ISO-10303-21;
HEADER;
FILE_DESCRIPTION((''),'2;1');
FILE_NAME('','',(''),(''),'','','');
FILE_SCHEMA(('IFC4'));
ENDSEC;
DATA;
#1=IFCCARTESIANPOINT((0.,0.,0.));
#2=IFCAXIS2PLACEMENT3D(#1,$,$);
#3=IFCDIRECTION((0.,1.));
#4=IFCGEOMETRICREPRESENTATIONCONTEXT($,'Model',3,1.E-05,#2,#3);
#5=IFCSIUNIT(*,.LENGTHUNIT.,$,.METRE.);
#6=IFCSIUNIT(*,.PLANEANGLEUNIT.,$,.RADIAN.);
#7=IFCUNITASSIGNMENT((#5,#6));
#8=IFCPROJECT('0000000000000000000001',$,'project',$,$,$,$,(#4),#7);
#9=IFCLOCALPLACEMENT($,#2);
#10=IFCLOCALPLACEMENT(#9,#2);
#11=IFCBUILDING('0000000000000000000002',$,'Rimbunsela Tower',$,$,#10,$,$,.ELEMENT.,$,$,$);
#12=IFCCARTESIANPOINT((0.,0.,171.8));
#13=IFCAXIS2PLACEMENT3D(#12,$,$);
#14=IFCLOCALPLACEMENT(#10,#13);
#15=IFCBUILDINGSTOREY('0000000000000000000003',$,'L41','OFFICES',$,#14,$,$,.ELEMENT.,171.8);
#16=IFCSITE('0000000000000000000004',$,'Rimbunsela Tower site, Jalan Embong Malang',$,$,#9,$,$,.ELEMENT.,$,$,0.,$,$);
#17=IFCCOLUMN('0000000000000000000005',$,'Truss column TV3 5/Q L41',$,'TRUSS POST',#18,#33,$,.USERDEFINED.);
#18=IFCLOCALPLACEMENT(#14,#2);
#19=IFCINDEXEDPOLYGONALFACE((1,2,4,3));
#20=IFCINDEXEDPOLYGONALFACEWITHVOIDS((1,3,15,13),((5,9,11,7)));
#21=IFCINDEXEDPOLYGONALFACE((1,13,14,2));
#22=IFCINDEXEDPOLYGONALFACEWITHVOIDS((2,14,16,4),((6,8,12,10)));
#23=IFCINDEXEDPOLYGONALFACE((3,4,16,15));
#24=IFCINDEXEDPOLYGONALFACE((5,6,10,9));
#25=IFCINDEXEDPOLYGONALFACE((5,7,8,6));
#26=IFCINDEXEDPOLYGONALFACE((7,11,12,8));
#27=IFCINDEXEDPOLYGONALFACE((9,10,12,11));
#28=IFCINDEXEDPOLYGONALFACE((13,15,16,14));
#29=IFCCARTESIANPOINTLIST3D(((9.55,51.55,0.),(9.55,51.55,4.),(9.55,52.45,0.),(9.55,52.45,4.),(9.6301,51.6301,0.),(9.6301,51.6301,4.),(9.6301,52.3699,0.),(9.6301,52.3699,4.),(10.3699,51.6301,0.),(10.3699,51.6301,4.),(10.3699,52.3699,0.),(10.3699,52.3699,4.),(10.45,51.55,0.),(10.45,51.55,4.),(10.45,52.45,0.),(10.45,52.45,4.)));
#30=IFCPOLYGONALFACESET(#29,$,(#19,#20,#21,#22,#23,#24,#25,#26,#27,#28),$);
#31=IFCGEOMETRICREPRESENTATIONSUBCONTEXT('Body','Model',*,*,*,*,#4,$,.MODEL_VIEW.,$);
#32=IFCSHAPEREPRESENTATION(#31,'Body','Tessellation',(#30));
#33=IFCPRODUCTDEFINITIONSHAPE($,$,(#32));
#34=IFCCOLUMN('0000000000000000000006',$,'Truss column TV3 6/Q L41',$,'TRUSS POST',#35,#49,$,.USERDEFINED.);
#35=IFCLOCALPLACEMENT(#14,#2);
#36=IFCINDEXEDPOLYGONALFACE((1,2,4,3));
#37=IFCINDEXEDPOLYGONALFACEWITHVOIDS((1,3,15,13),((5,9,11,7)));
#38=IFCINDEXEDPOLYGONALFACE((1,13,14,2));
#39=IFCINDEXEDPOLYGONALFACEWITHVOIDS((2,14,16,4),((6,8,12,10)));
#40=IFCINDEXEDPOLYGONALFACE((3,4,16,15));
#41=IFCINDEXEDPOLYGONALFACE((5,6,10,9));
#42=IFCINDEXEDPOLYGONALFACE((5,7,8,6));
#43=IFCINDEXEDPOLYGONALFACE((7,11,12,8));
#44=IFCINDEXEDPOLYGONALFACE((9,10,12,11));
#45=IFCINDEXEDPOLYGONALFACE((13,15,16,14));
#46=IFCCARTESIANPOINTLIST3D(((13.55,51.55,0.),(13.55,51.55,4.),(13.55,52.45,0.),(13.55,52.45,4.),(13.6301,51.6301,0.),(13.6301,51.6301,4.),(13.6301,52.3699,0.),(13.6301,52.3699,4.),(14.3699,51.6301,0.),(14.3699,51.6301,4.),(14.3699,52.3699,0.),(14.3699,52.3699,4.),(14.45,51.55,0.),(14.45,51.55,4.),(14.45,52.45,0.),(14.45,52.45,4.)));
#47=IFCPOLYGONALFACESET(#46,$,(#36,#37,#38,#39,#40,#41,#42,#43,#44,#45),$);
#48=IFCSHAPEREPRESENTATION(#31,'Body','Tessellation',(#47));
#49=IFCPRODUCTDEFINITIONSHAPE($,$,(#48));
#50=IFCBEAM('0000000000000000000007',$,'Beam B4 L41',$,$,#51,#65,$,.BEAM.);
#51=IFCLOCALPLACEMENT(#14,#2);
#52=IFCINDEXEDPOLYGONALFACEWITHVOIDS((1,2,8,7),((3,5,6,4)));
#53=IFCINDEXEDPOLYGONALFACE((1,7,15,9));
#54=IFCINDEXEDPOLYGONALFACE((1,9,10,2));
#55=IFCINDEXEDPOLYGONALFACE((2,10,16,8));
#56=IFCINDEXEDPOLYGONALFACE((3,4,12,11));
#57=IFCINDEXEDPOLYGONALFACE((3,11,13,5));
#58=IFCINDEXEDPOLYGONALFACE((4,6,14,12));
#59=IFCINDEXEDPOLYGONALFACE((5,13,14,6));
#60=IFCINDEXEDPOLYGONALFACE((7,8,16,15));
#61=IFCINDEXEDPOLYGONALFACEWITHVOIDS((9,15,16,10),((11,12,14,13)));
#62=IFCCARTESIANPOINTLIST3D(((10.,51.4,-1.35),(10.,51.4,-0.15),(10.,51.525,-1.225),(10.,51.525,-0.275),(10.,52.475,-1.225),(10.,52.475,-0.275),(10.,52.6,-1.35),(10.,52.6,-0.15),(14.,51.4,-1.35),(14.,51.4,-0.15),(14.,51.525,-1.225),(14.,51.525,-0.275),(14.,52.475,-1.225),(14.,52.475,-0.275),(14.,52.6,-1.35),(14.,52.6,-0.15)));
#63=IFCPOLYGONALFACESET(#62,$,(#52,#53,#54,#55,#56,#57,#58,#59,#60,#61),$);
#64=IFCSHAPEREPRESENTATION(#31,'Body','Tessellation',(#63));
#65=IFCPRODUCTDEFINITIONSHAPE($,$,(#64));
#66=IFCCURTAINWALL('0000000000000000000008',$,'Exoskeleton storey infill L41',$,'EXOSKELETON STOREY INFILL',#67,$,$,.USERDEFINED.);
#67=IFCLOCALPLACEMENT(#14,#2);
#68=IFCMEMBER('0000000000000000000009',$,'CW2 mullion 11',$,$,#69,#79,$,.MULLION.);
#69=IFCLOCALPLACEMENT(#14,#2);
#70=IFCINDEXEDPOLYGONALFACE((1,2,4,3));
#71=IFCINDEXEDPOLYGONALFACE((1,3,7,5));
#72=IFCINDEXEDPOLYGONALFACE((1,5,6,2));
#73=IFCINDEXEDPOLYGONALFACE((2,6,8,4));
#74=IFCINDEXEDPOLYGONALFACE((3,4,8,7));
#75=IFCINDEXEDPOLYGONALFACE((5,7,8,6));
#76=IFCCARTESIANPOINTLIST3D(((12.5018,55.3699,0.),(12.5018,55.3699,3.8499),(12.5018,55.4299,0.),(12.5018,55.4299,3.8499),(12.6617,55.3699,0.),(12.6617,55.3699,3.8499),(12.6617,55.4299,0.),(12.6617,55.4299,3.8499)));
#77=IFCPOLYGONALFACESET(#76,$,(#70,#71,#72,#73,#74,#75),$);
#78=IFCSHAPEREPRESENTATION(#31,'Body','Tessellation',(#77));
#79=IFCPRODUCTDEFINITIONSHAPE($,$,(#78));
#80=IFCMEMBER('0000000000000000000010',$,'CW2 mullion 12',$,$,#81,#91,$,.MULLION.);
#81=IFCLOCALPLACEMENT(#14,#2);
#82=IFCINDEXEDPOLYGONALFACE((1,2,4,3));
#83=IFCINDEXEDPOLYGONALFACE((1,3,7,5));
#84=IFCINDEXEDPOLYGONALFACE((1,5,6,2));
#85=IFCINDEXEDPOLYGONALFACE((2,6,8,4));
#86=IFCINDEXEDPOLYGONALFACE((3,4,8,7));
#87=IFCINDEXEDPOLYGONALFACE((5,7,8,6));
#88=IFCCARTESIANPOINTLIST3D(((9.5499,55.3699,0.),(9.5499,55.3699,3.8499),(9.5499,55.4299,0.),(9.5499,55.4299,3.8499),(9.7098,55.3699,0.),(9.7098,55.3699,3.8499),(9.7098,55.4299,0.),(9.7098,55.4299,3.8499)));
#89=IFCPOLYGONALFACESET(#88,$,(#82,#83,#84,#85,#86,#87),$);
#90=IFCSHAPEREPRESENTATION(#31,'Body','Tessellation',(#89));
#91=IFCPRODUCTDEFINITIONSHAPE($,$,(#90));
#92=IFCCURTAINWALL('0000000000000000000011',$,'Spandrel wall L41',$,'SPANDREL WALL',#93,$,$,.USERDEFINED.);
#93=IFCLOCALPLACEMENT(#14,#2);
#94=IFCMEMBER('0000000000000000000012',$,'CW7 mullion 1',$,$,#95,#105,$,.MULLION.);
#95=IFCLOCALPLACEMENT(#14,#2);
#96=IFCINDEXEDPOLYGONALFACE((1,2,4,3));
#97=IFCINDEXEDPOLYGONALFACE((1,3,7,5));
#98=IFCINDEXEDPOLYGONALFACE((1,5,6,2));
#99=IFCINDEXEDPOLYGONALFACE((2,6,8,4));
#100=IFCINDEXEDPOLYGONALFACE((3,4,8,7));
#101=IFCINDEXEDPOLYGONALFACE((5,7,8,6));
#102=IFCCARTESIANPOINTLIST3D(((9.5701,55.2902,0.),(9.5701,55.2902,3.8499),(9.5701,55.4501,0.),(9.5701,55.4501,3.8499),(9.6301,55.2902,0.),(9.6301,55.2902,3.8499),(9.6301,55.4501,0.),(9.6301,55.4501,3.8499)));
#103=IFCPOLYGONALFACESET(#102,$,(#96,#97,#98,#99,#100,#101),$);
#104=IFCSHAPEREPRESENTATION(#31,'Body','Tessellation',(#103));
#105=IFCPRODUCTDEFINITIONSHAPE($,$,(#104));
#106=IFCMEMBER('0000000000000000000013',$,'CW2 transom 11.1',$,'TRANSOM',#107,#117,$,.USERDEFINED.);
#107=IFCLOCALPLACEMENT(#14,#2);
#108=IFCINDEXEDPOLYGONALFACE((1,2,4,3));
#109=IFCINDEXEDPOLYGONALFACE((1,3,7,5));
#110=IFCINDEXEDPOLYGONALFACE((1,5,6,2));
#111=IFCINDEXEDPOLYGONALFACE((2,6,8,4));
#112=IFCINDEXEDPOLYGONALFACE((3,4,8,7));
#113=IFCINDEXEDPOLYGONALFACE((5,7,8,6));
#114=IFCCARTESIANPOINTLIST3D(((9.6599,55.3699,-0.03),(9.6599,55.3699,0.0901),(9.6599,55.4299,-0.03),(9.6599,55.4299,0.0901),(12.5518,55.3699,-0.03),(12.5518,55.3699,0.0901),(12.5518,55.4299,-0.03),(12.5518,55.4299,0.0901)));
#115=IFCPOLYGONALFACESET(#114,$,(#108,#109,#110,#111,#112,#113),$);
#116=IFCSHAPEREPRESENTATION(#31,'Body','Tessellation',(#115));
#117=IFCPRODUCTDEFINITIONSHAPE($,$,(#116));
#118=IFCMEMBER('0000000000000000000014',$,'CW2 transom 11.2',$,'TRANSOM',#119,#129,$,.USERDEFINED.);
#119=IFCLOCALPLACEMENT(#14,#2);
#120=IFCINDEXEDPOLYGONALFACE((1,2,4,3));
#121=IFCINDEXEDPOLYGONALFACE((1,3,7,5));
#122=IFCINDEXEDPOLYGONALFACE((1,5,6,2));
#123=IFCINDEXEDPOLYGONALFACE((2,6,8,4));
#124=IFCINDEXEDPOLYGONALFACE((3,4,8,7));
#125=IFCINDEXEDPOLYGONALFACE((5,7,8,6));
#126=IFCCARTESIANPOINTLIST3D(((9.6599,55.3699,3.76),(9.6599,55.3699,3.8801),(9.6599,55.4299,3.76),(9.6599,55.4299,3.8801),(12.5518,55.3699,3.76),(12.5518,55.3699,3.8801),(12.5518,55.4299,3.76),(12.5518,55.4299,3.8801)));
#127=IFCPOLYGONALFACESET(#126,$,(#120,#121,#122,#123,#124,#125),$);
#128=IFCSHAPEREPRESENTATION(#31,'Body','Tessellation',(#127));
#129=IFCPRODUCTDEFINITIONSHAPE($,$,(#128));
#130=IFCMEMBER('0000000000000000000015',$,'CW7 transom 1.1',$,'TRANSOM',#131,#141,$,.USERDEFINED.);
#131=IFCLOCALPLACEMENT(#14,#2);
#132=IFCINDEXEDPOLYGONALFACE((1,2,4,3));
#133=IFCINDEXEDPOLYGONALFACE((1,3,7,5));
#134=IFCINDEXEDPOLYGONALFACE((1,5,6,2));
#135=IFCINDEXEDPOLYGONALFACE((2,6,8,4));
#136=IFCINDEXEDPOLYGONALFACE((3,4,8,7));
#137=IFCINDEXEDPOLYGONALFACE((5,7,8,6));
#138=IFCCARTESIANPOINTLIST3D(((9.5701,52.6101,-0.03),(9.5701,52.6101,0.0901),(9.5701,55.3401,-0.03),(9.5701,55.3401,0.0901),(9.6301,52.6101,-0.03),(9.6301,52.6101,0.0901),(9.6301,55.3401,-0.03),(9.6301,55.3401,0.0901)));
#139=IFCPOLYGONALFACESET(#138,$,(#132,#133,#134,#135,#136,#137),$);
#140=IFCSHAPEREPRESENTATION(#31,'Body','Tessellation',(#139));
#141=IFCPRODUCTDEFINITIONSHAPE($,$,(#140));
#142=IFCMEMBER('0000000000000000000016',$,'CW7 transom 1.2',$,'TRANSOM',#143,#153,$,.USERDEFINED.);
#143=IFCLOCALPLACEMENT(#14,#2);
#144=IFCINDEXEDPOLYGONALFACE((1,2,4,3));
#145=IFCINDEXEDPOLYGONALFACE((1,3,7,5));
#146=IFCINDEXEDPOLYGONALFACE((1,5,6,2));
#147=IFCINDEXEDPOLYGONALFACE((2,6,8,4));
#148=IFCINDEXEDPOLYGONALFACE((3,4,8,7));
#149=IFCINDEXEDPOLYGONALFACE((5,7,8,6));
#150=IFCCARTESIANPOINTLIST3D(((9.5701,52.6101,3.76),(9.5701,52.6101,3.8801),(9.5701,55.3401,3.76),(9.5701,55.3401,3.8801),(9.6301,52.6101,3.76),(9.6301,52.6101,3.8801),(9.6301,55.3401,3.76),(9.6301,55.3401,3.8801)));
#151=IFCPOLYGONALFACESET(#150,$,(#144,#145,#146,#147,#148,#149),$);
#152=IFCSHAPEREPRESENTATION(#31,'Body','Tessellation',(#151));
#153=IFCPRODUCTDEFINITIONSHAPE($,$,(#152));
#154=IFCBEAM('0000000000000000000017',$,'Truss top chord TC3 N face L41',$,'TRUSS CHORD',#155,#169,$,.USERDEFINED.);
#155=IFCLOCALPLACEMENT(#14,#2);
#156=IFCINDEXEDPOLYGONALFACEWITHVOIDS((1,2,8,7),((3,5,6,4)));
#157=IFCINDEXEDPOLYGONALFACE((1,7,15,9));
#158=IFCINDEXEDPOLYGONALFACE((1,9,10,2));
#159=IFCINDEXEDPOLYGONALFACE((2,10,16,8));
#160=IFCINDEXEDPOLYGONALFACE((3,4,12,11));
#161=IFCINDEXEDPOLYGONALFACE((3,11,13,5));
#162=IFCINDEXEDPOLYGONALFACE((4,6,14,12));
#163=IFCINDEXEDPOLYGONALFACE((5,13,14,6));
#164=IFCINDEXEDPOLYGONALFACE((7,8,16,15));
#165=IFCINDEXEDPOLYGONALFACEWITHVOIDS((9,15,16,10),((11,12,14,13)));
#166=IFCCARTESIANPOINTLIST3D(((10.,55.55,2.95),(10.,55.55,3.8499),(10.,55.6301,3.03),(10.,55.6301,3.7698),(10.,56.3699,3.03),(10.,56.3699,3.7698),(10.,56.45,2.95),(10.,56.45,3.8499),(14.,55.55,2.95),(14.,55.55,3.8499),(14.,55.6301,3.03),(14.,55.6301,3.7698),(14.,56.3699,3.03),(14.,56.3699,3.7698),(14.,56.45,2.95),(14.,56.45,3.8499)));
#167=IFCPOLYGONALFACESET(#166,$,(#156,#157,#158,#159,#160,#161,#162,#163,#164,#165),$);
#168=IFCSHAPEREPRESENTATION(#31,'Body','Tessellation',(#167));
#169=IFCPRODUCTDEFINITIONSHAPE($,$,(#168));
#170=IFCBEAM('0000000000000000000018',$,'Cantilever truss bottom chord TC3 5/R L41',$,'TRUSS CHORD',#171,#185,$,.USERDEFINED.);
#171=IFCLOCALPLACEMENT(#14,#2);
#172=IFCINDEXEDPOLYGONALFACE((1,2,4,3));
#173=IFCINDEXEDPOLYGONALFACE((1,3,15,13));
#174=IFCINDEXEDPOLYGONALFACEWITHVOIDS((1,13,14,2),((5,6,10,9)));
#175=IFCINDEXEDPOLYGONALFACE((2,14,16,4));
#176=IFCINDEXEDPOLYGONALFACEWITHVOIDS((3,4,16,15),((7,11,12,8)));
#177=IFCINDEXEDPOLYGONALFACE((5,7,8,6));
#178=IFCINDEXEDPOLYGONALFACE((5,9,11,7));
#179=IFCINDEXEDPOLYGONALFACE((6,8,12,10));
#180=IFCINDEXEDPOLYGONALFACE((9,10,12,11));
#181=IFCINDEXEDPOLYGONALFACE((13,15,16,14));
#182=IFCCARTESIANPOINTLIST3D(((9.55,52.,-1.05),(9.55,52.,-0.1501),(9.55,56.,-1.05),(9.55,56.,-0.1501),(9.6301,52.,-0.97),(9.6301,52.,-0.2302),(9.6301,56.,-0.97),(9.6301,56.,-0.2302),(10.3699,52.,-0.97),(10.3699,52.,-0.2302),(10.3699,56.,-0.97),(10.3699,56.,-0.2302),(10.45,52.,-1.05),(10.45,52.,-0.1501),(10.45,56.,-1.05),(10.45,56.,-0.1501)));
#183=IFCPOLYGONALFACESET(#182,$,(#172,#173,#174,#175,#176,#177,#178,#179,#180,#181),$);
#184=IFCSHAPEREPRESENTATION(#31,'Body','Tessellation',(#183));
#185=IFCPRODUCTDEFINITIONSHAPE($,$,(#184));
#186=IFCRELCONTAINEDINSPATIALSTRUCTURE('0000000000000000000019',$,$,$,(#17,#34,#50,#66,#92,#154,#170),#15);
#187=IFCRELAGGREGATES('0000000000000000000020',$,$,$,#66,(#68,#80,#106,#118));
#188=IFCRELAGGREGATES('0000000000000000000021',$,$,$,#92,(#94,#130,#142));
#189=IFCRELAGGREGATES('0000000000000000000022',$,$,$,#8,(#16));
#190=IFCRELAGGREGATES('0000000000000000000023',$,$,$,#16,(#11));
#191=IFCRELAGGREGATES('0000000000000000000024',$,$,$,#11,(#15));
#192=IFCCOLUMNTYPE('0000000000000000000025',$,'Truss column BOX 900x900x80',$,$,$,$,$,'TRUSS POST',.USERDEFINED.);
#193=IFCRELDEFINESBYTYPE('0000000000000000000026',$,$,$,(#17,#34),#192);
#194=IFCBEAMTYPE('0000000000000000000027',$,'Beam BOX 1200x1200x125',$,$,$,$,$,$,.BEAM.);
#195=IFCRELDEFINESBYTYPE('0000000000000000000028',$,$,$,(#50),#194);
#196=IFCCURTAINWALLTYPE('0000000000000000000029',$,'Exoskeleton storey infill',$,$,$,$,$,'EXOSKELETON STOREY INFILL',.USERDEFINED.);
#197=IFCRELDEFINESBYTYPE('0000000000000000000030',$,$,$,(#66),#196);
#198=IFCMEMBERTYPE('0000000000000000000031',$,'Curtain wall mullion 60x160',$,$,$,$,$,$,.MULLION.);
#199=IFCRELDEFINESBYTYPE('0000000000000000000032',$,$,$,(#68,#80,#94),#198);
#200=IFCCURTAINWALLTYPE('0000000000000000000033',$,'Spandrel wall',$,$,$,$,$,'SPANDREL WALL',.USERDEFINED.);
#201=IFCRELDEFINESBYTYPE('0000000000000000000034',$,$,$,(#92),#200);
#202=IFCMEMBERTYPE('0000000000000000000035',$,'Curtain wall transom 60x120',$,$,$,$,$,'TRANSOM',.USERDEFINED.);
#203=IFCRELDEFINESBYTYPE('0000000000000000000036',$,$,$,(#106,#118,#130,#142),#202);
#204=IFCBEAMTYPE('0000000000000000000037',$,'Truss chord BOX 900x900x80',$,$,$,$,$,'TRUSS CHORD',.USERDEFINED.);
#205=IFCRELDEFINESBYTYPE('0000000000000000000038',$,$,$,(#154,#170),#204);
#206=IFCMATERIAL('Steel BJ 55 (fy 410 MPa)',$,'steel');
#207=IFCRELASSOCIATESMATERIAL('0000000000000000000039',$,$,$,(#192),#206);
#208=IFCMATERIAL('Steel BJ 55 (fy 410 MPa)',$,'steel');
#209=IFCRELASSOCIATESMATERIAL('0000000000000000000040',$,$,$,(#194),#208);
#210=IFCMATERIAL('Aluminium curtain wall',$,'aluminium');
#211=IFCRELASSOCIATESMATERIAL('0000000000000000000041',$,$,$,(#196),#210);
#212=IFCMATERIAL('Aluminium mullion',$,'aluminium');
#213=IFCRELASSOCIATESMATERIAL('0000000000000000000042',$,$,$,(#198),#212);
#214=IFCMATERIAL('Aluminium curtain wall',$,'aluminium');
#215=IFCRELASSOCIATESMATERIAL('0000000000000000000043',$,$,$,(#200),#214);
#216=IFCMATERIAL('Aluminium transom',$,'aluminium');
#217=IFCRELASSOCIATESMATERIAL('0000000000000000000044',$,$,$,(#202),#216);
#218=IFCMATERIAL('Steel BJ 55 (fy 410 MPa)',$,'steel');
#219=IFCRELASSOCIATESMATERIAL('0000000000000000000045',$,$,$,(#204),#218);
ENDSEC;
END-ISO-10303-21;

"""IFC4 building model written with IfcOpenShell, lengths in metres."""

from ifc_helpers import new_model, si_unit, direction, frame, origin, origin_2d, place, context, subcontext, project, spatial, rectangle, hollow_rectangle, extrude, material, material_profile, profile_set, type_object, element, aggregate, save


model = new_model("IFC4")

# Units and contexts
model_context = context("Model", 3, precision=1e-05, world=origin(), true_north=direction((0.0, 1.0)))
body_context = subcontext(model_context, "Body", "Model", "MODEL_VIEW")
ifc_project = project(units=[si_unit("LENGTHUNIT", "METRE"), si_unit("PLANEANGLEUNIT", "RADIAN")], contexts=[model_context])

# Site, building, storey
site_placement = place(None, origin())
site = spatial("IfcSite", under=ifc_project, at=site_placement, Name="Rimbunsela Tower site, Jalan Embong Malang", CompositionType="ELEMENT", RefElevation=0.0)
building_placement = place(site_placement, origin())
building = spatial("IfcBuilding", under=site, at=building_placement, Name="Rimbunsela Tower", CompositionType="ELEMENT")
storey_placement = place(building_placement, frame((0.0, 0.0, 171.8)))
storey = spatial("IfcBuildingStorey", under=building, at=storey_placement, Name="L41", Description="OFFICES", CompositionType="ELEMENT", Elevation=171.8)

# Columns
ifc_material_1 = material(Name="Steel BJ 55 (fy 410 MPa)", Category="steel")
ifc_material_profile_1 = material_profile(ifc_material_1, hollow_rectangle(XDim=0.8999, YDim=0.8999, WallThickness=0.0801, at=origin_2d()), Name="BOX 900x900x80")
ifc_profile_set_1 = profile_set([ifc_material_profile_1], Name="Steel BJ 55 (fy 410 MPa)")
column_type = type_object("IfcColumnType", Name="Truss column BOX 900x900x80", ElementType="TRUSS POST", PredefinedType="USERDEFINED", material=ifc_profile_set_1)
for number, where, z_axis, x_axis, name in (
    (1, (10.0, 52.0, 0.0), (0.0, 0.0, 1.0), (1.0, 0.0, 0.0), "Truss column TV3 5/Q L41"),
    (2, (14.0, 52.0, 0.0), (0.0, 0.0, 1.0), (1.0, 0.0, 0.0), "Truss column TV3 6/Q L41"),
):
    element("IfcColumn", number, at=place(storey_placement, frame(where, z_axis=z_axis, x_axis=x_axis)), inside=storey, type_object=column_type, Name=name, ObjectType="TRUSS POST", PredefinedType="USERDEFINED", context=body_context, shape_type="SweptSolid", body=[
        extrude(hollow_rectangle(XDim=0.8999, YDim=0.8999, WallThickness=0.0801, at=origin_2d()), origin(), (0.0, 0.0, 1.0), 4.0),
    ])

# Beam
ifc_material_2 = material(Name="Steel BJ 55 (fy 410 MPa)", Category="steel")
ifc_material_profile_2 = material_profile(ifc_material_2, hollow_rectangle(XDim=1.2, YDim=1.2, WallThickness=0.125, at=origin_2d()), Name="BOX 1200x1200x125")
ifc_profile_set_2 = profile_set([ifc_material_profile_2], Name="Steel BJ 55 (fy 410 MPa)")
beam_type_1 = type_object("IfcBeamType", Name="Beam BOX 1200x1200x125", PredefinedType="BEAM", material=ifc_profile_set_2)
beam_placement = place(storey_placement, frame((10.0, 52.0, -0.75), z_axis=(1.0, 0.0, 0.0), x_axis=(0.0, 1.0, 0.0)))
element("IfcBeam", 3, at=beam_placement, inside=storey, type_object=beam_type_1, Name="Beam B4 L41", PredefinedType="BEAM", context=body_context, shape_type="SweptSolid", body=[
    extrude(hollow_rectangle(XDim=1.2, YDim=1.2, WallThickness=0.125, at=origin_2d()), origin(), (0.0, 0.0, 1.0), 4.0),
])

# Curtain wall, members
ifc_material_3 = material(Name="Aluminium curtain wall", Category="aluminium")
curtain_wall_type_1 = type_object("IfcCurtainWallType", Name="Exoskeleton storey infill", ElementType="EXOSKELETON STOREY INFILL", PredefinedType="USERDEFINED", material=ifc_material_3)
curtain_wall_1_placement = place(storey_placement, origin())
curtain_wall_1 = element("IfcCurtainWall", 4, at=curtain_wall_1_placement, inside=storey, type_object=curtain_wall_type_1, Name="Exoskeleton storey infill L41", ObjectType="EXOSKELETON STOREY INFILL", PredefinedType="USERDEFINED")
ifc_material_4 = material(Name="Aluminium mullion", Category="aluminium")
ifc_material_profile_3 = material_profile(ifc_material_4, rectangle(XDim=0.0601, YDim=0.1599, at=origin_2d()), Name="Mullion 60x160")
ifc_profile_set_3 = profile_set([ifc_material_profile_3], Name="Aluminium mullion")
member_type_1 = type_object("IfcMemberType", Name="Curtain wall mullion 60x160", PredefinedType="MULLION", material=ifc_profile_set_3)
member_1_placement = place(storey_placement, frame((12.5818, 55.3999, 0.0), z_axis=(0.0, 0.0, 1.0), x_axis=(0.0, -1.0, 0.0)))
member_1 = element("IfcMember", 5, at=member_1_placement, type_object=member_type_1, Name="CW2 mullion 11", PredefinedType="MULLION", context=body_context, shape_type="SweptSolid", body=[
    extrude(rectangle(XDim=0.0601, YDim=0.1599, at=origin_2d()), origin(), (0.0, 0.0, 1.0), 3.8499),
])
member_2_placement = place(storey_placement, frame((9.6299, 55.3999, 0.0), z_axis=(0.0, 0.0, 1.0), x_axis=(0.0, -1.0, 0.0)))
member_2 = element("IfcMember", 6, at=member_2_placement, type_object=member_type_1, Name="CW2 mullion 12", PredefinedType="MULLION", context=body_context, shape_type="SweptSolid", body=[
    extrude(rectangle(XDim=0.0601, YDim=0.1599, at=origin_2d()), origin(), (0.0, 0.0, 1.0), 3.8499),
])

# Curtain wall, member
ifc_material_5 = material(Name="Aluminium curtain wall", Category="aluminium")
curtain_wall_type_2 = type_object("IfcCurtainWallType", Name="Spandrel wall", ElementType="SPANDREL WALL", PredefinedType="USERDEFINED", material=ifc_material_5)
curtain_wall_2_placement = place(storey_placement, origin())
curtain_wall_2 = element("IfcCurtainWall", 7, at=curtain_wall_2_placement, inside=storey, type_object=curtain_wall_type_2, Name="Spandrel wall L41", ObjectType="SPANDREL WALL", PredefinedType="USERDEFINED")
member_3_placement = place(storey_placement, frame((9.6001, 55.3701, 0.0), z_axis=(0.0, 0.0, 1.0), x_axis=(1.0, 0.0, 0.0)))
member_3 = element("IfcMember", 8, at=member_3_placement, type_object=member_type_1, Name="CW7 mullion 1", PredefinedType="MULLION", context=body_context, shape_type="SweptSolid", body=[
    extrude(rectangle(XDim=0.0601, YDim=0.1599, at=origin_2d()), origin(), (0.0, 0.0, 1.0), 3.8499),
])

# Members
ifc_material_6 = material(Name="Aluminium transom", Category="aluminium")
ifc_material_profile_4 = material_profile(ifc_material_6, rectangle(XDim=0.0601, YDim=0.1201, at=origin_2d()), Name="Transom 60x120")
ifc_profile_set_4 = profile_set([ifc_material_profile_4], Name="Aluminium transom")
member_type_2 = type_object("IfcMemberType", Name="Curtain wall transom 60x120", ElementType="TRANSOM", PredefinedType="USERDEFINED", material=ifc_profile_set_4)
member_4_placement = place(storey_placement, frame((12.5518, 55.3999, 0.03), z_axis=(-1.0, 0.0, 0.0), x_axis=(0.0, -1.0, 0.0)))
member_4 = element("IfcMember", 9, at=member_4_placement, type_object=member_type_2, Name="CW2 transom 11.1", ObjectType="TRANSOM", PredefinedType="USERDEFINED", context=body_context, shape_type="SweptSolid", body=[
    extrude(rectangle(XDim=0.0601, YDim=0.1201, at=origin_2d()), origin(), (0.0, 0.0, 1.0), 2.8918),
])
member_5_placement = place(storey_placement, frame((12.5518, 55.3999, 3.8201), z_axis=(-1.0, 0.0, 0.0), x_axis=(0.0, -1.0, 0.0)))
member_5 = element("IfcMember", 10, at=member_5_placement, type_object=member_type_2, Name="CW2 transom 11.2", ObjectType="TRANSOM", PredefinedType="USERDEFINED", context=body_context, shape_type="SweptSolid", body=[
    extrude(rectangle(XDim=0.0601, YDim=0.1201, at=origin_2d()), origin(), (0.0, 0.0, 1.0), 2.8918),
])
member_6_placement = place(storey_placement, frame((9.6001, 55.3401, 0.03), z_axis=(0.0, -1.0, 0.0), x_axis=(1.0, 0.0, 0.0)))
member_6 = element("IfcMember", 11, at=member_6_placement, type_object=member_type_2, Name="CW7 transom 1.1", ObjectType="TRANSOM", PredefinedType="USERDEFINED", context=body_context, shape_type="SweptSolid", body=[
    extrude(rectangle(XDim=0.0601, YDim=0.1201, at=origin_2d()), origin(), (0.0, 0.0, 1.0), 2.73),
])
member_7_placement = place(storey_placement, frame((9.6001, 55.3401, 3.8201), z_axis=(0.0, -1.0, 0.0), x_axis=(1.0, 0.0, 0.0)))
member_7 = element("IfcMember", 12, at=member_7_placement, type_object=member_type_2, Name="CW7 transom 1.2", ObjectType="TRANSOM", PredefinedType="USERDEFINED", context=body_context, shape_type="SweptSolid", body=[
    extrude(rectangle(XDim=0.0601, YDim=0.1201, at=origin_2d()), origin(), (0.0, 0.0, 1.0), 2.73),
])

# Beams
ifc_material_7 = material(Name="Steel BJ 55 (fy 410 MPa)", Category="steel")
ifc_material_profile_5 = material_profile(ifc_material_7, hollow_rectangle(XDim=0.8999, YDim=0.8999, WallThickness=0.0801, at=origin_2d()), Name="BOX 900x900x80")
ifc_profile_set_5 = profile_set([ifc_material_profile_5], Name="Steel BJ 55 (fy 410 MPa)")
beam_type_2 = type_object("IfcBeamType", Name="Truss chord BOX 900x900x80", ElementType="TRUSS CHORD", PredefinedType="USERDEFINED", material=ifc_profile_set_5)
for number, where, z_axis, x_axis, name in (
    (13, (10.0, 56.0, 3.3999), (1.0, 0.0, 0.0), (0.0, 1.0, 0.0), "Truss top chord TC3 N face L41"),
    (14, (10.0, 52.0, -0.6001), (0.0, 1.0, 0.0), (-1.0, 0.0, 0.0), "Cantilever truss bottom chord TC3 5/R L41"),
):
    element("IfcBeam", number, at=place(storey_placement, frame(where, z_axis=z_axis, x_axis=x_axis)), inside=storey, type_object=beam_type_2, Name=name, ObjectType="TRUSS CHORD", PredefinedType="USERDEFINED", context=body_context, shape_type="SweptSolid", body=[
        extrude(hollow_rectangle(XDim=0.8999, YDim=0.8999, WallThickness=0.0801, at=origin_2d()), origin(), (0.0, 0.0, 1.0), 4.0),
    ])

aggregate(curtain_wall_1, [member_1, member_2, member_4, member_5])
aggregate(curtain_wall_2, [member_3, member_6, member_7])

save(model, "model.ifc")
